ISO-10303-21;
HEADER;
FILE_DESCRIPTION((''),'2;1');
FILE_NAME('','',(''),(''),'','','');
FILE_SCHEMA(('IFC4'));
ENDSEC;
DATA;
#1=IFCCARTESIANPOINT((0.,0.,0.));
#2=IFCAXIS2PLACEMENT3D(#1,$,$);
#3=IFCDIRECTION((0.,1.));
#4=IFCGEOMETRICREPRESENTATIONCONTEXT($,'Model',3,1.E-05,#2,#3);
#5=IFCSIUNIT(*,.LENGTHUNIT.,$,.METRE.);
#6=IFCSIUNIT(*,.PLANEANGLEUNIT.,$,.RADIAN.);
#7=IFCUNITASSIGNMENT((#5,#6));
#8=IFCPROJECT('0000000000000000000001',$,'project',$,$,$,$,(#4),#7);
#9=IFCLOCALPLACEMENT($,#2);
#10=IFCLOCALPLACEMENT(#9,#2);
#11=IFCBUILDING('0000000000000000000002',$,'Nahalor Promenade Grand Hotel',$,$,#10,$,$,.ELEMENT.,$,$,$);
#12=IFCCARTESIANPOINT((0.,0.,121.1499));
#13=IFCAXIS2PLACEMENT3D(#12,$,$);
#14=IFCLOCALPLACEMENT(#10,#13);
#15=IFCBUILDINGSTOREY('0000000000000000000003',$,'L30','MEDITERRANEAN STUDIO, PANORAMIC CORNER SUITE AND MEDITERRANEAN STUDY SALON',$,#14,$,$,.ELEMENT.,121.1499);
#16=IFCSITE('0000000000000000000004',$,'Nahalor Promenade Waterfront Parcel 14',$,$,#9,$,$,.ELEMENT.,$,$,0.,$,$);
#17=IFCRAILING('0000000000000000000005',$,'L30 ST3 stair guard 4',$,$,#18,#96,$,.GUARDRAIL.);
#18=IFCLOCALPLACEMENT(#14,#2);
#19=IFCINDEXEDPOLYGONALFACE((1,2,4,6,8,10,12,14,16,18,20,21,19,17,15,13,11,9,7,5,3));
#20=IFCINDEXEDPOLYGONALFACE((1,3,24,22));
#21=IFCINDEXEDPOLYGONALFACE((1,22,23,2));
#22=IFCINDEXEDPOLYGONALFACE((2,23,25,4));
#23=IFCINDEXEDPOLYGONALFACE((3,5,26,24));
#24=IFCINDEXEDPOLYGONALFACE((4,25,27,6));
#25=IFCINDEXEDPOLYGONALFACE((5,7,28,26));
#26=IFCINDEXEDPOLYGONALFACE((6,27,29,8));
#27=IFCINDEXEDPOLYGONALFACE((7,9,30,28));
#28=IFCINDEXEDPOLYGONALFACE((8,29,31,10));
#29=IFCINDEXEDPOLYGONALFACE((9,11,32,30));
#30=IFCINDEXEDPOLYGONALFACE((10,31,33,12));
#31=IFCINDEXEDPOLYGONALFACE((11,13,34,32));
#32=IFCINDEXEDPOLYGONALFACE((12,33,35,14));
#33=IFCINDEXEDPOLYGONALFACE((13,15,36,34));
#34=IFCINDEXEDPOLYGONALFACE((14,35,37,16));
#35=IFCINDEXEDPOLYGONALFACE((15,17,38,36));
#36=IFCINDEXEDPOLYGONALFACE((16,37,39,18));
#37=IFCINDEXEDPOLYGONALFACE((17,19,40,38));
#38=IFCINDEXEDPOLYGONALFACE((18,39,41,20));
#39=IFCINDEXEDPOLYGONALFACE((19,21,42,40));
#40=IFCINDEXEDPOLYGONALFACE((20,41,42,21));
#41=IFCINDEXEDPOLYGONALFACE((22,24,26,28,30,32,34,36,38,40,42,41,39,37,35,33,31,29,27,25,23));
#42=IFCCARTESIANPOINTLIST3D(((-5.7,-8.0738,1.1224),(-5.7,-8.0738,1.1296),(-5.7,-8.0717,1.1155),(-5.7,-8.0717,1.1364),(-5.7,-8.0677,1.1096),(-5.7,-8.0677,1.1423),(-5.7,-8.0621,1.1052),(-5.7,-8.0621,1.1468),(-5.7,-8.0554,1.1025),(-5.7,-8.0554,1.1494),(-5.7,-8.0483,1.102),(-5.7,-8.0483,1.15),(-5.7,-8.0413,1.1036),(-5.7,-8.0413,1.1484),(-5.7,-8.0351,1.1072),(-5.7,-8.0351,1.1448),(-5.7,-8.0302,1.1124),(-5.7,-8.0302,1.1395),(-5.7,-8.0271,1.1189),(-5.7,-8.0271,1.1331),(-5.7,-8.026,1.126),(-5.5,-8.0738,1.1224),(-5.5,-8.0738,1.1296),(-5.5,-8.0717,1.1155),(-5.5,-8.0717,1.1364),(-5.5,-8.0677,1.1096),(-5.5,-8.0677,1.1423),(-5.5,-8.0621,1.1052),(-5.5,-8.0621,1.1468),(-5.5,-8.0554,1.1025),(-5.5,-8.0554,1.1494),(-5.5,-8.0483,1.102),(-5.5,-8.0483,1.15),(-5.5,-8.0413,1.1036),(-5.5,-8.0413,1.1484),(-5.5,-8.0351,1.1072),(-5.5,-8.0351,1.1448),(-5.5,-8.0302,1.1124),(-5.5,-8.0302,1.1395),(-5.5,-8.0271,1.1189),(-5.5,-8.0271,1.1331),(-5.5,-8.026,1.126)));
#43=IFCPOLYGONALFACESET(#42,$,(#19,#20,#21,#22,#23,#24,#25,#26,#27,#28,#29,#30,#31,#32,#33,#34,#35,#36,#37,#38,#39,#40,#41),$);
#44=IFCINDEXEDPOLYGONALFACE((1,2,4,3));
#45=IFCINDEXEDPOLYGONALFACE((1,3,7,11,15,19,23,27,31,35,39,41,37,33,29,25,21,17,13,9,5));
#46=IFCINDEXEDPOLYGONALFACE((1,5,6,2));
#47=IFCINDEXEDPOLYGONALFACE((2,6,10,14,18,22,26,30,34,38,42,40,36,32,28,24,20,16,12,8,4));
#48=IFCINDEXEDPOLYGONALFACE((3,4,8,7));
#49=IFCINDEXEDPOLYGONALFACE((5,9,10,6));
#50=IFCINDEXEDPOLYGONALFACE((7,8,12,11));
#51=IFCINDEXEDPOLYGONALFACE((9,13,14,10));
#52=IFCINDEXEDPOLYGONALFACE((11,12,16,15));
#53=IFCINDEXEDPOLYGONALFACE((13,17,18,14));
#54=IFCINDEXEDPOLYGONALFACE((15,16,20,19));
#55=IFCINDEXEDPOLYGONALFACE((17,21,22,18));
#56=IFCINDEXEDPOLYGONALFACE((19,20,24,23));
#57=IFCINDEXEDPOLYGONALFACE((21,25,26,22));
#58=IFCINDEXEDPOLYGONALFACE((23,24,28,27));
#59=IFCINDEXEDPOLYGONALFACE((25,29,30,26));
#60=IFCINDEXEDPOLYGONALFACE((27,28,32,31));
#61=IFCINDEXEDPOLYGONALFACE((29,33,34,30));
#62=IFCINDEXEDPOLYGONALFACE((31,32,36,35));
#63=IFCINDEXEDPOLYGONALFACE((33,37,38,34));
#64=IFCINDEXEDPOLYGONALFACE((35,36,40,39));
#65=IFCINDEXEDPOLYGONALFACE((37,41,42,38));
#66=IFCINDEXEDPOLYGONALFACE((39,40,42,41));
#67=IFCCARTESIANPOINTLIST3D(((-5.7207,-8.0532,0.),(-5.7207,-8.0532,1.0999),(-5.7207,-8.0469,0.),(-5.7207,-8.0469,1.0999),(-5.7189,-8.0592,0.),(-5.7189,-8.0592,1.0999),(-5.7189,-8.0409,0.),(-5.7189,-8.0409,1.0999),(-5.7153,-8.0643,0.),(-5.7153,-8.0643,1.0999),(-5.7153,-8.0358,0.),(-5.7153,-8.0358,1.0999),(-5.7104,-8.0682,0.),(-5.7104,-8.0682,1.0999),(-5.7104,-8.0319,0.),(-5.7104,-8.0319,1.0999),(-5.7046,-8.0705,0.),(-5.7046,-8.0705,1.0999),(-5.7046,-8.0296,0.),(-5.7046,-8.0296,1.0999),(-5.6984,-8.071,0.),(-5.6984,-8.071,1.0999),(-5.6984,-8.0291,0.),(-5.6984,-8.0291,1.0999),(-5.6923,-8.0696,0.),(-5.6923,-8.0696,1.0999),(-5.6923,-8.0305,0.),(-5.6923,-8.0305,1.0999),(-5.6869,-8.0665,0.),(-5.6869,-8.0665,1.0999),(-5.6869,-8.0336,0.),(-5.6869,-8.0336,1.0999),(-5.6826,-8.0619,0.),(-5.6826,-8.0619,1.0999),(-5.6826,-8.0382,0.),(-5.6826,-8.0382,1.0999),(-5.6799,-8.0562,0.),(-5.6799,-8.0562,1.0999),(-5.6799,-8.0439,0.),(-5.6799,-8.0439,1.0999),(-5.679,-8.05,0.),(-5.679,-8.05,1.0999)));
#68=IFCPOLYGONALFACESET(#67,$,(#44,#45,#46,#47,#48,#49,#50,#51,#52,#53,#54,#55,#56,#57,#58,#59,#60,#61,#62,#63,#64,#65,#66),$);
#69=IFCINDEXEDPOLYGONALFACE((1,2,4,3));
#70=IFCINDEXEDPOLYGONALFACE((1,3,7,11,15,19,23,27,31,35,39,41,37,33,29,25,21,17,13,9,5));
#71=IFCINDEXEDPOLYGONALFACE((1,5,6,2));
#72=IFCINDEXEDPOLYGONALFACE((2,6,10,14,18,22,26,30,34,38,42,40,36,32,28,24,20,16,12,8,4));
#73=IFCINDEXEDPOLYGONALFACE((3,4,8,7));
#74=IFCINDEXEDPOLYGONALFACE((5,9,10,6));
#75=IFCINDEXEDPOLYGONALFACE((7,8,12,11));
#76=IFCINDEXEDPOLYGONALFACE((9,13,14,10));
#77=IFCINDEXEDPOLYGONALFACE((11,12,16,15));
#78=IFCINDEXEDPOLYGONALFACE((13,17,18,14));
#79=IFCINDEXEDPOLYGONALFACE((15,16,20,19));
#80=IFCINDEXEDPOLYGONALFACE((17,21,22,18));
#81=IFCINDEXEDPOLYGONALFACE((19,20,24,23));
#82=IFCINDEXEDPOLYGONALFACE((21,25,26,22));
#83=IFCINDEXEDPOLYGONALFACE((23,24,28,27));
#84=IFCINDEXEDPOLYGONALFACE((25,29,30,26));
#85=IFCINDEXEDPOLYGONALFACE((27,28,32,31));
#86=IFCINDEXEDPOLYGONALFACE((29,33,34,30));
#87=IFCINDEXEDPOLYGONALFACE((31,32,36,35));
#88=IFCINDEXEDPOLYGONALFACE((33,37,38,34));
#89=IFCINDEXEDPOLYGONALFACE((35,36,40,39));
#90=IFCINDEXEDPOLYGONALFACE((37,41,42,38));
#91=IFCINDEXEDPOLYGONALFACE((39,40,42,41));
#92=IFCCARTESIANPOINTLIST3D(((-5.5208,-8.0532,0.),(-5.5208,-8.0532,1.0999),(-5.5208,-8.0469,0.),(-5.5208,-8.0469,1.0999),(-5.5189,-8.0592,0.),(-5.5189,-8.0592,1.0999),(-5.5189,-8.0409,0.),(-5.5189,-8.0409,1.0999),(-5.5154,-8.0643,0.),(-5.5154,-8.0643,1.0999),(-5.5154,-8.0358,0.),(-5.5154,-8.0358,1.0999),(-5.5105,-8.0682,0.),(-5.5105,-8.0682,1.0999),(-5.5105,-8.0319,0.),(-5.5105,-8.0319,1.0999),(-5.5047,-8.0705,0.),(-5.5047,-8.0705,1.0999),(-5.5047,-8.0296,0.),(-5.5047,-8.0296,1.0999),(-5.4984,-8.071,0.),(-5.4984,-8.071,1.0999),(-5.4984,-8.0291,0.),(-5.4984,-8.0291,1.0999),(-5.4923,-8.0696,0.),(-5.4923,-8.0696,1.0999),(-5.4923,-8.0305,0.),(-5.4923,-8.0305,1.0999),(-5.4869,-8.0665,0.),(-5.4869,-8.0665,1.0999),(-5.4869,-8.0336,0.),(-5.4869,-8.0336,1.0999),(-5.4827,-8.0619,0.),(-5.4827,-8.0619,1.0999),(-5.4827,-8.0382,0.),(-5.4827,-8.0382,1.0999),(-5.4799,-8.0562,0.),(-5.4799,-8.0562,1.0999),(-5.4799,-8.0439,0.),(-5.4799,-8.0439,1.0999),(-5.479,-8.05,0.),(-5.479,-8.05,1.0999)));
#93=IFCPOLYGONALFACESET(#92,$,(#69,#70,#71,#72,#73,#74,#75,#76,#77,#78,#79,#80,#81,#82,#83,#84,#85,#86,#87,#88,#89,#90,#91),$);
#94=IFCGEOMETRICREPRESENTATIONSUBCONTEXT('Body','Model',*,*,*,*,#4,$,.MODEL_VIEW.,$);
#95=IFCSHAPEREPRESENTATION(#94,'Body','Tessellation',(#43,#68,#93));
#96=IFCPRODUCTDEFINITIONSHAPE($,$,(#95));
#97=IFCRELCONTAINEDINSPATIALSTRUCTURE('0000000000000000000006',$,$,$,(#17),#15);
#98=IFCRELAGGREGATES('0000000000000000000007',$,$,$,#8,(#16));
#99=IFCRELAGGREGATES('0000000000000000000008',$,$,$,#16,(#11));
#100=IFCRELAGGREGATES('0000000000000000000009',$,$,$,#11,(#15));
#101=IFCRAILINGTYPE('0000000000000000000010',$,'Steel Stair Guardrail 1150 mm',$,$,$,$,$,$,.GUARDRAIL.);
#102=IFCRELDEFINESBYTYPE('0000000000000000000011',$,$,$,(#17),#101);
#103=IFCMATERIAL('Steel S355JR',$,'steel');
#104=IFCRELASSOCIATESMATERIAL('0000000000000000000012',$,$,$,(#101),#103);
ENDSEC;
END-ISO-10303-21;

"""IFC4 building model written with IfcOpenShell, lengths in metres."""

from ifc_helpers import new_model, si_unit, direction, frame, origin, origin_2d, place, context, subcontext, project, spatial, circle, extrude, material, type_object, element, save


model = new_model("IFC4")

# Units and contexts
model_context = context("Model", 3, precision=1e-05, world=origin(), true_north=direction((0.0, 1.0)))
body_context = subcontext(model_context, "Body", "Model", "MODEL_VIEW")
ifc_project = project(units=[si_unit("LENGTHUNIT", "METRE"), si_unit("PLANEANGLEUNIT", "RADIAN")], contexts=[model_context])

# Site, building, storey
site_placement = place(None, origin())
site = spatial("IfcSite", under=ifc_project, at=site_placement, Name="Nahalor Promenade Waterfront Parcel 14", CompositionType="ELEMENT", RefElevation=0.0)
building_placement = place(site_placement, origin())
building = spatial("IfcBuilding", under=site, at=building_placement, Name="Nahalor Promenade Grand Hotel", CompositionType="ELEMENT")
storey_placement = place(building_placement, frame((0.0, 0.0, 121.1499)))
storey = spatial("IfcBuildingStorey", under=building, at=storey_placement, Name="L30", Description="MEDITERRANEAN STUDIO, PANORAMIC CORNER SUITE AND MEDITERRANEAN STUDY SALON", CompositionType="ELEMENT", Elevation=121.1499)

# Shared definitions
ifc_material_1 = material(Name="Steel S355JR", Category="steel")

# Railing
railing_type_1 = type_object("IfcRailingType", Name="Steel Stair Guardrail 1150 mm", PredefinedType="GUARDRAIL", material=ifc_material_1)
railing_1_placement = place(storey_placement, frame((-5.7, -8.05, 0.0)))
element("IfcRailing", 1, at=railing_1_placement, inside=storey, type_object=railing_type_1, Name="L30 ST3 stair guard 4", PredefinedType="GUARDRAIL", context=body_context, shape_type="SweptSolid", body=[
    extrude(circle(Radius=0.024, at=origin_2d()), frame((0.0, 0.0, 1.126), z_axis=(1.0, 0.0, 0.0), x_axis=(0.0, 1.0, 0.0)), (0.0, 0.0, 1.0), 0.2),
    extrude(circle(Radius=0.021, at=origin_2d()), origin(), (0.0, 0.0, 1.0), 1.0999),
    extrude(circle(Radius=0.021, at=origin_2d()), frame((0.2, 0.0, 0.0)), (0.0, 0.0, 1.0), 1.0999),
])

save(model, "model.ifc")
